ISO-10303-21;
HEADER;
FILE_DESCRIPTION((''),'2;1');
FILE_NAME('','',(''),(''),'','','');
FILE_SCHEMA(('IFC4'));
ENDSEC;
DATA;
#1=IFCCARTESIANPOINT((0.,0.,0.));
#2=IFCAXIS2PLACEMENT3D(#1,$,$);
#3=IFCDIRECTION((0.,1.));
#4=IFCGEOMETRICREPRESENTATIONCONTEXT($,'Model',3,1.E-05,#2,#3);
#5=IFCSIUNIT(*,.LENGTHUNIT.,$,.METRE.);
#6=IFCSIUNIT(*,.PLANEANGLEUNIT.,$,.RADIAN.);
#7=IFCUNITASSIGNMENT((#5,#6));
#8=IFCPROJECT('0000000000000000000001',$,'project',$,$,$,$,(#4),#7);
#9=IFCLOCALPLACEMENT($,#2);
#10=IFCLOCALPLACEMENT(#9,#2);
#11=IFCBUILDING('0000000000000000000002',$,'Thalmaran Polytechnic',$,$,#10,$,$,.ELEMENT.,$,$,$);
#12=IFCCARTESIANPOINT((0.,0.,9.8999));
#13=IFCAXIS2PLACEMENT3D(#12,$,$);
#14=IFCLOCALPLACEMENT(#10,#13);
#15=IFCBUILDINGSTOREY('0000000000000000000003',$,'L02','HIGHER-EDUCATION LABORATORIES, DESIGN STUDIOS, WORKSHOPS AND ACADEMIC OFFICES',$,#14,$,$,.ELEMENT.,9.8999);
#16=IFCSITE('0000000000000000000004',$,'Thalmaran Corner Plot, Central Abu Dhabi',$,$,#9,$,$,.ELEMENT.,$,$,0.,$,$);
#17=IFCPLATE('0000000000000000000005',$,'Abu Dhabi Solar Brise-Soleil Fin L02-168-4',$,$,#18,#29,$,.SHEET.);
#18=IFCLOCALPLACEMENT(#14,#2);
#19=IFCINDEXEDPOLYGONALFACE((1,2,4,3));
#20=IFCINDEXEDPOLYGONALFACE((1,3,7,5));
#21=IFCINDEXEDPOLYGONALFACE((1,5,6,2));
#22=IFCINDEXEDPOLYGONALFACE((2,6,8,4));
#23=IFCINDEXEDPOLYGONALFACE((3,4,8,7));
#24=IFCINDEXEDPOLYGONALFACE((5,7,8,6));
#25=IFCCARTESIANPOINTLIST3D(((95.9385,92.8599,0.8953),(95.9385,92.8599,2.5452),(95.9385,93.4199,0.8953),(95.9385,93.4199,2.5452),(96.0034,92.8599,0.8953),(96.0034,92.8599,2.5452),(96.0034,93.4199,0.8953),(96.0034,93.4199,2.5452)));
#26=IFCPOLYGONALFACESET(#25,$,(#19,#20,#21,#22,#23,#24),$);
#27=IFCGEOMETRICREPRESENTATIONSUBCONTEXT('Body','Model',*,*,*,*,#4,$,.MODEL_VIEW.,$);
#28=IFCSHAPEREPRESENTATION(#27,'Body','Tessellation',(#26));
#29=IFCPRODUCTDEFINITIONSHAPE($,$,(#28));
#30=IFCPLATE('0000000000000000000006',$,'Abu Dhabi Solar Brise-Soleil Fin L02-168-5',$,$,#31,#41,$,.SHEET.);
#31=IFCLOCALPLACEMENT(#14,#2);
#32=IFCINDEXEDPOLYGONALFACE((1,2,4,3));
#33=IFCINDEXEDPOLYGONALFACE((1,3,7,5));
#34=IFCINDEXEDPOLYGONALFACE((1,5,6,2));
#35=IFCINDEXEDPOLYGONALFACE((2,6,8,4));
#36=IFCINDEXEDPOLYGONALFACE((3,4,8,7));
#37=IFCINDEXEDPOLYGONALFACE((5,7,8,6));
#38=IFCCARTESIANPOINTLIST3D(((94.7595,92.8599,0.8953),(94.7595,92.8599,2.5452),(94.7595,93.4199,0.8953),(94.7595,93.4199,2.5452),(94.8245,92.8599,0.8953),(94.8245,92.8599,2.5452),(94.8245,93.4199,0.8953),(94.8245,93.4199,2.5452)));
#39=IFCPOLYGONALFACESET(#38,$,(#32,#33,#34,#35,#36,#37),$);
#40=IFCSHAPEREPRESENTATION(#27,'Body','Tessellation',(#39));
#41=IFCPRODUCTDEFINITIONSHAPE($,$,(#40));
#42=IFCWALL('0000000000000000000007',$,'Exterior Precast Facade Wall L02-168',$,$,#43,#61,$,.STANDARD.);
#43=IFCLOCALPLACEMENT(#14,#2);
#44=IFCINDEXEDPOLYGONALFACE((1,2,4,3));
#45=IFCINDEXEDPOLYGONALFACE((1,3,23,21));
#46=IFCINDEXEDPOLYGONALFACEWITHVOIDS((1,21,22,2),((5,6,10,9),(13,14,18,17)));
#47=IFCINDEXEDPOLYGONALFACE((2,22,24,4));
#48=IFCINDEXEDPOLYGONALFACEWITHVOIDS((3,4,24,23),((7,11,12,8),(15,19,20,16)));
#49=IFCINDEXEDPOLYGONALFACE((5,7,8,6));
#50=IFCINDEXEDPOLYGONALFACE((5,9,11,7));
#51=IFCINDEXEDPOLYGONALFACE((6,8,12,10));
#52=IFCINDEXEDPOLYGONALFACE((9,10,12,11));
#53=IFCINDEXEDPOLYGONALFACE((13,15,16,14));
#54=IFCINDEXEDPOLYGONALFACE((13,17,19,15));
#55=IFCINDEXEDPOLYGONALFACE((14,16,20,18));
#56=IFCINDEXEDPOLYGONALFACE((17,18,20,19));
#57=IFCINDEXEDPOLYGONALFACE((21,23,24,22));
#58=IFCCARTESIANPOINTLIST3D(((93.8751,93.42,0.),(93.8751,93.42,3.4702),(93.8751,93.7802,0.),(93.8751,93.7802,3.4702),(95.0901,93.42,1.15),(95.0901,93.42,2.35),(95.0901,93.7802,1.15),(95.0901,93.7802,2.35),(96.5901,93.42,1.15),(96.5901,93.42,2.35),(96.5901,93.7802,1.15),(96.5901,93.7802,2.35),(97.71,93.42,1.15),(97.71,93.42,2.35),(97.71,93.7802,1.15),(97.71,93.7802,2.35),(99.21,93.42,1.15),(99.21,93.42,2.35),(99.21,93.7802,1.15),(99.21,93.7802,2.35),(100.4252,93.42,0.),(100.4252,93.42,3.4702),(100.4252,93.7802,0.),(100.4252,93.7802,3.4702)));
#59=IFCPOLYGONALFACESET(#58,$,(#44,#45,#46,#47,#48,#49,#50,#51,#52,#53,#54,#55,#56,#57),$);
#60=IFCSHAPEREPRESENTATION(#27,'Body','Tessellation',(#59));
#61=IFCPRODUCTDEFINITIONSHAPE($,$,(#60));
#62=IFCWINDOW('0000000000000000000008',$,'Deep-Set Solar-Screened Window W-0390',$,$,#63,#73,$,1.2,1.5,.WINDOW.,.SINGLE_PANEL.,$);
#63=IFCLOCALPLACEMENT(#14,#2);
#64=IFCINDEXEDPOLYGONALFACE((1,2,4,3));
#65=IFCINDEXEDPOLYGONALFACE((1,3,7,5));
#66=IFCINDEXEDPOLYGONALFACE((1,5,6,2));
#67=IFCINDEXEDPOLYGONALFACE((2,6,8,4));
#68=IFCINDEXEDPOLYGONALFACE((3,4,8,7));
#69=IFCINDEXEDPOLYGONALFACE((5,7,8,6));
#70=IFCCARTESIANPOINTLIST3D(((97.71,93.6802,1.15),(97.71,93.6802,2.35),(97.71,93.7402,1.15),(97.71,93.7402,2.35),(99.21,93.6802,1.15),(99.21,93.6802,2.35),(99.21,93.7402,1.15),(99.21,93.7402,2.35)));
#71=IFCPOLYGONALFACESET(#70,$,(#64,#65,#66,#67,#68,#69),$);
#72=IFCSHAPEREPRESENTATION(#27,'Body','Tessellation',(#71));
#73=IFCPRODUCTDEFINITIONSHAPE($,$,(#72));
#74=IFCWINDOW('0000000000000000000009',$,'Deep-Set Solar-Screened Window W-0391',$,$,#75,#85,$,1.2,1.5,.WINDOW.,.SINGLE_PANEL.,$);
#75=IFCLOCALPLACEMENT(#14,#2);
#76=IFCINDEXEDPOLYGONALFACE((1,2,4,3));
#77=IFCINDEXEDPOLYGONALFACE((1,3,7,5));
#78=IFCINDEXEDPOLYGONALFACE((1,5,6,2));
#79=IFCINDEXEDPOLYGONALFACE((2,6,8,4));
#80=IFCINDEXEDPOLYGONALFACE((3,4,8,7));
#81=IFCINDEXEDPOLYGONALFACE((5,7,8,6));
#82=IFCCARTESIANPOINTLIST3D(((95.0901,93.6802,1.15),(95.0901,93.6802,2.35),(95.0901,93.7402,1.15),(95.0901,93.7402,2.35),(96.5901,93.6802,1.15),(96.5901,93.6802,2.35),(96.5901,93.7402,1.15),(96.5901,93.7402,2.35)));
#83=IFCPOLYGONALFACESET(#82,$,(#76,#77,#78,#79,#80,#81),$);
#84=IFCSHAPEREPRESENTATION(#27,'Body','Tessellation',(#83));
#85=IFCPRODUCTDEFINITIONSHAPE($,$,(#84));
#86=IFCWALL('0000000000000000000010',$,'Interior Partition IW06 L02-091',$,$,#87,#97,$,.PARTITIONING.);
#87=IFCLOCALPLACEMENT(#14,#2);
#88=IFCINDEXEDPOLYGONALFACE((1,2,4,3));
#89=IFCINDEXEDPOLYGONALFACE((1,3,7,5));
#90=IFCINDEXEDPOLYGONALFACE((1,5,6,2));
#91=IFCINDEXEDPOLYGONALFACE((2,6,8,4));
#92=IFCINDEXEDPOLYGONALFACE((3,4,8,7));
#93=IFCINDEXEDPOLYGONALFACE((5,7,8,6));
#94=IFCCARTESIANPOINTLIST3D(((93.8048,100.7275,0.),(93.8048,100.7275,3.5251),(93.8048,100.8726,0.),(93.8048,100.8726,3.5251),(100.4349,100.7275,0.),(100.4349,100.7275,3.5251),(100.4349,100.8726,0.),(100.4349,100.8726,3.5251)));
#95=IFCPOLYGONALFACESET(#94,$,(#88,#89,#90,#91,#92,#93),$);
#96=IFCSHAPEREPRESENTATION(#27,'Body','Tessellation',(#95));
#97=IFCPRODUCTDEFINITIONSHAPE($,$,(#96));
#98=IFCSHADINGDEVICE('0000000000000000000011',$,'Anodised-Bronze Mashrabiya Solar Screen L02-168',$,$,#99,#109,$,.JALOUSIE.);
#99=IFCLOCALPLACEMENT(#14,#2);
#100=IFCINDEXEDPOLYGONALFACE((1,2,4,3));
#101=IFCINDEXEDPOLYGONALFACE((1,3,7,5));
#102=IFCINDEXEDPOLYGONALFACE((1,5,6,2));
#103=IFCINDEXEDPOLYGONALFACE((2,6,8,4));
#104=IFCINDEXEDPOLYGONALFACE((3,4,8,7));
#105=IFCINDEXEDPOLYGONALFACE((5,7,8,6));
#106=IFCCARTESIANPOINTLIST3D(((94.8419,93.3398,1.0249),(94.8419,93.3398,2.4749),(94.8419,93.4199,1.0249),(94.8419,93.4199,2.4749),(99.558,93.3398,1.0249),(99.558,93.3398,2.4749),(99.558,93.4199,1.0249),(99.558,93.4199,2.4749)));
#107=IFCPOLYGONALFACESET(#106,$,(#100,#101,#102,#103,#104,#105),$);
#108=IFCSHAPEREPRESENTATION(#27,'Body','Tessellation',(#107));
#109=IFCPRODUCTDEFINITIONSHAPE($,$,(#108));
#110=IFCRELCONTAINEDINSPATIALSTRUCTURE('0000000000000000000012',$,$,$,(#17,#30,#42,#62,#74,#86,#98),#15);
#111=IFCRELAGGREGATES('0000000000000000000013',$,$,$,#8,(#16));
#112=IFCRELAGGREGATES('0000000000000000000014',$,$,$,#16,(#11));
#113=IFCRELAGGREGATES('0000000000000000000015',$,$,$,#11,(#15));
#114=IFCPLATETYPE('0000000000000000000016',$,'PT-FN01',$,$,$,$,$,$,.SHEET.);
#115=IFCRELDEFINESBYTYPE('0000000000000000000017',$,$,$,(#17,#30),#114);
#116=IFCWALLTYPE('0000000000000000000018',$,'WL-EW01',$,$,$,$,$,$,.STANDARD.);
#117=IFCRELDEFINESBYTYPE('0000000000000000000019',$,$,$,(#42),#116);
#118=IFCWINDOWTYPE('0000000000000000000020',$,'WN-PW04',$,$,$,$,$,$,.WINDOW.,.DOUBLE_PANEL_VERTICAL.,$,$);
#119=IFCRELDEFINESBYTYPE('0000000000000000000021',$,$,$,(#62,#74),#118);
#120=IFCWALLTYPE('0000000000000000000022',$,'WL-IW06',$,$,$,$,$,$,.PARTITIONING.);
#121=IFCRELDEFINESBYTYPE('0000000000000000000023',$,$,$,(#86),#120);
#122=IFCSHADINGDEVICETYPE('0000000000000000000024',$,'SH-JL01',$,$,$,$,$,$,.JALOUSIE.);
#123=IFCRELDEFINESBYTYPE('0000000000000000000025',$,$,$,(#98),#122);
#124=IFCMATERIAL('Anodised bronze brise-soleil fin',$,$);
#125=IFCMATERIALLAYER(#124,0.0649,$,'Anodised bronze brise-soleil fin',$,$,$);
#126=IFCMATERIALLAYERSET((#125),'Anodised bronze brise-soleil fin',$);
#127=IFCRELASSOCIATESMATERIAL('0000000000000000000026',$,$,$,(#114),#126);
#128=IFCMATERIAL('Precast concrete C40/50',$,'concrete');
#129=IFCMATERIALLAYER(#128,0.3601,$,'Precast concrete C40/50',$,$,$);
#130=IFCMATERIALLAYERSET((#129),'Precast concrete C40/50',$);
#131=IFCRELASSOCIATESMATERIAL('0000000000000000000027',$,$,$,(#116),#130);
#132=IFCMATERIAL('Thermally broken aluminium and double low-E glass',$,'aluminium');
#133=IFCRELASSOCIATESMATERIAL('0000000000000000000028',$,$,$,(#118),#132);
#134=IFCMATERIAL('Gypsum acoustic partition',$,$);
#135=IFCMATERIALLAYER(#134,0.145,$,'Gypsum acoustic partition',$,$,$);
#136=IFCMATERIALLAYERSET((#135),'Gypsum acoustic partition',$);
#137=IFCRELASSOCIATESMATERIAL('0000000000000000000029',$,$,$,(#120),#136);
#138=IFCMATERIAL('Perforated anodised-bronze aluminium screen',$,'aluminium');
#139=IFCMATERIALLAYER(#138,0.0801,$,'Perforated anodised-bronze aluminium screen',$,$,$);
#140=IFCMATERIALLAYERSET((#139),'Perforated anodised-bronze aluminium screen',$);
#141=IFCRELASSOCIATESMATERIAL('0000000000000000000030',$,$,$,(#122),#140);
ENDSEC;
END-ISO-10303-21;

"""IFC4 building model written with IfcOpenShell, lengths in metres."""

from ifc_helpers import new_model, si_unit, direction, frame, frame_2d, origin, origin_2d, place, context, subcontext, project, spatial, rectangle, extrude, material, layer, layer_set, type_object, element, fill, save


model = new_model("IFC4")

# Units and contexts
model_context = context("Model", 3, precision=1e-05, world=origin(), true_north=direction((0.0, 1.0)))
body_context = subcontext(model_context, "Body", "Model", "MODEL_VIEW")
ifc_project = project(units=[si_unit("LENGTHUNIT", "METRE"), si_unit("PLANEANGLEUNIT", "RADIAN")], contexts=[model_context])

# Site, building, storey
site_placement = place(None, origin())
site = spatial("IfcSite", under=ifc_project, at=site_placement, Name="Thalmaran Corner Plot, Central Abu Dhabi", CompositionType="ELEMENT", RefElevation=0.0)
building_placement = place(site_placement, origin())
building = spatial("IfcBuilding", under=site, at=building_placement, Name="Thalmaran Polytechnic", CompositionType="ELEMENT")
storey_placement = place(building_placement, frame((0.0, 0.0, 9.8999)))
storey = spatial("IfcBuildingStorey", under=building, at=storey_placement, Name="L02", Description="HIGHER-EDUCATION LABORATORIES, DESIGN STUDIOS, WORKSHOPS AND ACADEMIC OFFICES", CompositionType="ELEMENT", Elevation=9.8999)

# Plates
ifc_material_1 = material(Name="Anodised bronze brise-soleil fin")
ifc_layer_1 = layer(ifc_material_1, 0.0649, Name="Anodised bronze brise-soleil fin")
ifc_layer_set_1 = layer_set([ifc_layer_1], Name="Anodised bronze brise-soleil fin")
plate_type_1 = type_object("IfcPlateType", Name="PT-FN01", PredefinedType="SHEET", material=ifc_layer_set_1)
for number, where, z_axis, x_axis, name in (
    (1, (95.9709, 93.1399, 0.8953), (0.0, 0.0, 1.0), (-1.0, 0.0, 0.0), "Abu Dhabi Solar Brise-Soleil Fin L02-168-4"),
    (2, (94.792, 93.1399, 0.8953), (0.0, 0.0, 1.0), (-1.0, 0.0, 0.0), "Abu Dhabi Solar Brise-Soleil Fin L02-168-5"),
):
    element("IfcPlate", number, at=place(storey_placement, frame(where, z_axis=z_axis, x_axis=x_axis)), inside=storey, type_object=plate_type_1, Name=name, PredefinedType="SHEET", context=body_context, shape_type="SweptSolid", body=[
        extrude(rectangle(XDim=0.0649, YDim=0.5601, at=origin_2d()), origin(), (0.0, 0.0, 1.0), 1.6499),
    ])

# Wall, openings, windows
ifc_material_2 = material(Name="Precast concrete C40/50", Category="concrete")
ifc_layer_2 = layer(ifc_material_2, 0.3601, Name="Precast concrete C40/50")
ifc_layer_set_2 = layer_set([ifc_layer_2], Name="Precast concrete C40/50")
wall_type_1 = type_object("IfcWallType", Name="WL-EW01", PredefinedType="STANDARD", material=ifc_layer_set_2)
wall_1_placement = place(storey_placement, frame((100.425, 93.6001, 0.0), z_axis=(0.0, 0.0, 1.0), x_axis=(-1.0, 0.0, 0.0)))
wall_1 = element("IfcWall", 3, at=wall_1_placement, inside=storey, type_object=wall_type_1, Name="Exterior Precast Facade Wall L02-168", PredefinedType="STANDARD", context=body_context, shape_type="SweptSolid", body=[
    extrude(rectangle(XDim=6.55, YDim=0.3601, at=frame_2d((3.2749, 0.0))), origin(), (0.0, 0.0, 1.0), 3.4702),
])
opening_1_placement = place(wall_1_placement, frame((1.2151, 0.0, 1.1499)))
opening_1 = element("IfcOpeningElement", 4, at=opening_1_placement, cuts=wall_1, PredefinedType="OPENING", context=body_context, shape_type="SweptSolid", body=[
    extrude(rectangle(XDim=1.5, YDim=1.2, at=frame_2d((0.75, 0.6001))), frame((0.0, 0.1899, 0.0), z_axis=(0.0, -1.0, 0.0), x_axis=(1.0, 0.0, 0.0)), (0.0, 0.0, 1.0), 0.3801),
])
opening_2_placement = place(wall_1_placement, frame((3.835, 0.0, 1.1499)))
opening_2 = element("IfcOpeningElement", 5, at=opening_2_placement, cuts=wall_1, PredefinedType="OPENING", context=body_context, shape_type="SweptSolid", body=[
    extrude(rectangle(XDim=1.5, YDim=1.2, at=frame_2d((0.75, 0.6001))), frame((0.0, 0.1899, 0.0), z_axis=(0.0, -1.0, 0.0), x_axis=(1.0, 0.0, 0.0)), (0.0, 0.0, 1.0), 0.3801),
])
ifc_material_3 = material(Name="Thermally broken aluminium and double low-E glass", Category="aluminium")
window_type = type_object("IfcWindowType", Name="WN-PW04", PartitioningType="DOUBLE_PANEL_VERTICAL", PredefinedType="WINDOW", material=ifc_material_3)
window_1_placement = place(opening_1_placement, origin())
window_1 = element("IfcWindow", 6, at=window_1_placement, inside=storey, type_object=window_type, Name="Deep-Set Solar-Screened Window W-0390", OverallHeight=1.2, OverallWidth=1.5, PartitioningType="SINGLE_PANEL", PredefinedType="WINDOW", context=body_context, shape_type="SweptSolid", body=[
    extrude(rectangle(XDim=1.5, YDim=1.2, at=frame_2d((0.75, 0.6001))), frame((0.0, -0.0801, 0.0), z_axis=(0.0, -1.0, 0.0), x_axis=(1.0, 0.0, 0.0)), (0.0, 0.0, 1.0), 0.0601),
])
fill(opening_1, window_1)
window_2_placement = place(opening_2_placement, origin())
window_2 = element("IfcWindow", 7, at=window_2_placement, inside=storey, type_object=window_type, Name="Deep-Set Solar-Screened Window W-0391", OverallHeight=1.2, OverallWidth=1.5, PartitioningType="SINGLE_PANEL", PredefinedType="WINDOW", context=body_context, shape_type="SweptSolid", body=[
    extrude(rectangle(XDim=1.5, YDim=1.2, at=frame_2d((0.75, 0.6001))), frame((0.0, -0.0801, 0.0), z_axis=(0.0, -1.0, 0.0), x_axis=(1.0, 0.0, 0.0)), (0.0, 0.0, 1.0), 0.0601),
])
fill(opening_2, window_2)

# Wall
ifc_material_4 = material(Name="Gypsum acoustic partition")
ifc_layer_3 = layer(ifc_material_4, 0.145, Name="Gypsum acoustic partition")
ifc_layer_set_3 = layer_set([ifc_layer_3], Name="Gypsum acoustic partition")
wall_type_2 = type_object("IfcWallType", Name="WL-IW06", PredefinedType="PARTITIONING", material=ifc_layer_set_3)
wall_2_placement = place(storey_placement, frame((93.8049, 100.8, 0.0), z_axis=(0.0, 0.0, 1.0), x_axis=(1.0, 0.0, 0.0)))
element("IfcWall", 8, at=wall_2_placement, inside=storey, type_object=wall_type_2, Name="Interior Partition IW06 L02-091", PredefinedType="PARTITIONING", context=body_context, shape_type="SweptSolid", body=[
    extrude(rectangle(XDim=6.6301, YDim=0.145, at=frame_2d((3.3149, 0.0))), origin(), (0.0, 0.0, 1.0), 3.5251),
])

# Shading device
ifc_material_5 = material(Name="Perforated anodised-bronze aluminium screen", Category="aluminium")
ifc_layer_4 = layer(ifc_material_5, 0.0801, Name="Perforated anodised-bronze aluminium screen")
ifc_layer_set_4 = layer_set([ifc_layer_4], Name="Perforated anodised-bronze aluminium screen")
shading_device_type = type_object("IfcShadingDeviceType", Name="SH-JL01", PredefinedType="JALOUSIE", material=ifc_layer_set_4)
shading_device_placement = place(storey_placement, frame((97.2, 93.3799, 1.0249), z_axis=(0.0, 0.0, 1.0), x_axis=(-1.0, 0.0, 0.0)))
element("IfcShadingDevice", 9, at=shading_device_placement, inside=storey, type_object=shading_device_type, Name="Anodised-Bronze Mashrabiya Solar Screen L02-168", PredefinedType="JALOUSIE", context=body_context, shape_type="SweptSolid", body=[
    extrude(rectangle(XDim=4.7161, YDim=0.0801, at=origin_2d()), origin(), (0.0, 0.0, 1.0), 1.45),
])

save(model, "model.ifc")
